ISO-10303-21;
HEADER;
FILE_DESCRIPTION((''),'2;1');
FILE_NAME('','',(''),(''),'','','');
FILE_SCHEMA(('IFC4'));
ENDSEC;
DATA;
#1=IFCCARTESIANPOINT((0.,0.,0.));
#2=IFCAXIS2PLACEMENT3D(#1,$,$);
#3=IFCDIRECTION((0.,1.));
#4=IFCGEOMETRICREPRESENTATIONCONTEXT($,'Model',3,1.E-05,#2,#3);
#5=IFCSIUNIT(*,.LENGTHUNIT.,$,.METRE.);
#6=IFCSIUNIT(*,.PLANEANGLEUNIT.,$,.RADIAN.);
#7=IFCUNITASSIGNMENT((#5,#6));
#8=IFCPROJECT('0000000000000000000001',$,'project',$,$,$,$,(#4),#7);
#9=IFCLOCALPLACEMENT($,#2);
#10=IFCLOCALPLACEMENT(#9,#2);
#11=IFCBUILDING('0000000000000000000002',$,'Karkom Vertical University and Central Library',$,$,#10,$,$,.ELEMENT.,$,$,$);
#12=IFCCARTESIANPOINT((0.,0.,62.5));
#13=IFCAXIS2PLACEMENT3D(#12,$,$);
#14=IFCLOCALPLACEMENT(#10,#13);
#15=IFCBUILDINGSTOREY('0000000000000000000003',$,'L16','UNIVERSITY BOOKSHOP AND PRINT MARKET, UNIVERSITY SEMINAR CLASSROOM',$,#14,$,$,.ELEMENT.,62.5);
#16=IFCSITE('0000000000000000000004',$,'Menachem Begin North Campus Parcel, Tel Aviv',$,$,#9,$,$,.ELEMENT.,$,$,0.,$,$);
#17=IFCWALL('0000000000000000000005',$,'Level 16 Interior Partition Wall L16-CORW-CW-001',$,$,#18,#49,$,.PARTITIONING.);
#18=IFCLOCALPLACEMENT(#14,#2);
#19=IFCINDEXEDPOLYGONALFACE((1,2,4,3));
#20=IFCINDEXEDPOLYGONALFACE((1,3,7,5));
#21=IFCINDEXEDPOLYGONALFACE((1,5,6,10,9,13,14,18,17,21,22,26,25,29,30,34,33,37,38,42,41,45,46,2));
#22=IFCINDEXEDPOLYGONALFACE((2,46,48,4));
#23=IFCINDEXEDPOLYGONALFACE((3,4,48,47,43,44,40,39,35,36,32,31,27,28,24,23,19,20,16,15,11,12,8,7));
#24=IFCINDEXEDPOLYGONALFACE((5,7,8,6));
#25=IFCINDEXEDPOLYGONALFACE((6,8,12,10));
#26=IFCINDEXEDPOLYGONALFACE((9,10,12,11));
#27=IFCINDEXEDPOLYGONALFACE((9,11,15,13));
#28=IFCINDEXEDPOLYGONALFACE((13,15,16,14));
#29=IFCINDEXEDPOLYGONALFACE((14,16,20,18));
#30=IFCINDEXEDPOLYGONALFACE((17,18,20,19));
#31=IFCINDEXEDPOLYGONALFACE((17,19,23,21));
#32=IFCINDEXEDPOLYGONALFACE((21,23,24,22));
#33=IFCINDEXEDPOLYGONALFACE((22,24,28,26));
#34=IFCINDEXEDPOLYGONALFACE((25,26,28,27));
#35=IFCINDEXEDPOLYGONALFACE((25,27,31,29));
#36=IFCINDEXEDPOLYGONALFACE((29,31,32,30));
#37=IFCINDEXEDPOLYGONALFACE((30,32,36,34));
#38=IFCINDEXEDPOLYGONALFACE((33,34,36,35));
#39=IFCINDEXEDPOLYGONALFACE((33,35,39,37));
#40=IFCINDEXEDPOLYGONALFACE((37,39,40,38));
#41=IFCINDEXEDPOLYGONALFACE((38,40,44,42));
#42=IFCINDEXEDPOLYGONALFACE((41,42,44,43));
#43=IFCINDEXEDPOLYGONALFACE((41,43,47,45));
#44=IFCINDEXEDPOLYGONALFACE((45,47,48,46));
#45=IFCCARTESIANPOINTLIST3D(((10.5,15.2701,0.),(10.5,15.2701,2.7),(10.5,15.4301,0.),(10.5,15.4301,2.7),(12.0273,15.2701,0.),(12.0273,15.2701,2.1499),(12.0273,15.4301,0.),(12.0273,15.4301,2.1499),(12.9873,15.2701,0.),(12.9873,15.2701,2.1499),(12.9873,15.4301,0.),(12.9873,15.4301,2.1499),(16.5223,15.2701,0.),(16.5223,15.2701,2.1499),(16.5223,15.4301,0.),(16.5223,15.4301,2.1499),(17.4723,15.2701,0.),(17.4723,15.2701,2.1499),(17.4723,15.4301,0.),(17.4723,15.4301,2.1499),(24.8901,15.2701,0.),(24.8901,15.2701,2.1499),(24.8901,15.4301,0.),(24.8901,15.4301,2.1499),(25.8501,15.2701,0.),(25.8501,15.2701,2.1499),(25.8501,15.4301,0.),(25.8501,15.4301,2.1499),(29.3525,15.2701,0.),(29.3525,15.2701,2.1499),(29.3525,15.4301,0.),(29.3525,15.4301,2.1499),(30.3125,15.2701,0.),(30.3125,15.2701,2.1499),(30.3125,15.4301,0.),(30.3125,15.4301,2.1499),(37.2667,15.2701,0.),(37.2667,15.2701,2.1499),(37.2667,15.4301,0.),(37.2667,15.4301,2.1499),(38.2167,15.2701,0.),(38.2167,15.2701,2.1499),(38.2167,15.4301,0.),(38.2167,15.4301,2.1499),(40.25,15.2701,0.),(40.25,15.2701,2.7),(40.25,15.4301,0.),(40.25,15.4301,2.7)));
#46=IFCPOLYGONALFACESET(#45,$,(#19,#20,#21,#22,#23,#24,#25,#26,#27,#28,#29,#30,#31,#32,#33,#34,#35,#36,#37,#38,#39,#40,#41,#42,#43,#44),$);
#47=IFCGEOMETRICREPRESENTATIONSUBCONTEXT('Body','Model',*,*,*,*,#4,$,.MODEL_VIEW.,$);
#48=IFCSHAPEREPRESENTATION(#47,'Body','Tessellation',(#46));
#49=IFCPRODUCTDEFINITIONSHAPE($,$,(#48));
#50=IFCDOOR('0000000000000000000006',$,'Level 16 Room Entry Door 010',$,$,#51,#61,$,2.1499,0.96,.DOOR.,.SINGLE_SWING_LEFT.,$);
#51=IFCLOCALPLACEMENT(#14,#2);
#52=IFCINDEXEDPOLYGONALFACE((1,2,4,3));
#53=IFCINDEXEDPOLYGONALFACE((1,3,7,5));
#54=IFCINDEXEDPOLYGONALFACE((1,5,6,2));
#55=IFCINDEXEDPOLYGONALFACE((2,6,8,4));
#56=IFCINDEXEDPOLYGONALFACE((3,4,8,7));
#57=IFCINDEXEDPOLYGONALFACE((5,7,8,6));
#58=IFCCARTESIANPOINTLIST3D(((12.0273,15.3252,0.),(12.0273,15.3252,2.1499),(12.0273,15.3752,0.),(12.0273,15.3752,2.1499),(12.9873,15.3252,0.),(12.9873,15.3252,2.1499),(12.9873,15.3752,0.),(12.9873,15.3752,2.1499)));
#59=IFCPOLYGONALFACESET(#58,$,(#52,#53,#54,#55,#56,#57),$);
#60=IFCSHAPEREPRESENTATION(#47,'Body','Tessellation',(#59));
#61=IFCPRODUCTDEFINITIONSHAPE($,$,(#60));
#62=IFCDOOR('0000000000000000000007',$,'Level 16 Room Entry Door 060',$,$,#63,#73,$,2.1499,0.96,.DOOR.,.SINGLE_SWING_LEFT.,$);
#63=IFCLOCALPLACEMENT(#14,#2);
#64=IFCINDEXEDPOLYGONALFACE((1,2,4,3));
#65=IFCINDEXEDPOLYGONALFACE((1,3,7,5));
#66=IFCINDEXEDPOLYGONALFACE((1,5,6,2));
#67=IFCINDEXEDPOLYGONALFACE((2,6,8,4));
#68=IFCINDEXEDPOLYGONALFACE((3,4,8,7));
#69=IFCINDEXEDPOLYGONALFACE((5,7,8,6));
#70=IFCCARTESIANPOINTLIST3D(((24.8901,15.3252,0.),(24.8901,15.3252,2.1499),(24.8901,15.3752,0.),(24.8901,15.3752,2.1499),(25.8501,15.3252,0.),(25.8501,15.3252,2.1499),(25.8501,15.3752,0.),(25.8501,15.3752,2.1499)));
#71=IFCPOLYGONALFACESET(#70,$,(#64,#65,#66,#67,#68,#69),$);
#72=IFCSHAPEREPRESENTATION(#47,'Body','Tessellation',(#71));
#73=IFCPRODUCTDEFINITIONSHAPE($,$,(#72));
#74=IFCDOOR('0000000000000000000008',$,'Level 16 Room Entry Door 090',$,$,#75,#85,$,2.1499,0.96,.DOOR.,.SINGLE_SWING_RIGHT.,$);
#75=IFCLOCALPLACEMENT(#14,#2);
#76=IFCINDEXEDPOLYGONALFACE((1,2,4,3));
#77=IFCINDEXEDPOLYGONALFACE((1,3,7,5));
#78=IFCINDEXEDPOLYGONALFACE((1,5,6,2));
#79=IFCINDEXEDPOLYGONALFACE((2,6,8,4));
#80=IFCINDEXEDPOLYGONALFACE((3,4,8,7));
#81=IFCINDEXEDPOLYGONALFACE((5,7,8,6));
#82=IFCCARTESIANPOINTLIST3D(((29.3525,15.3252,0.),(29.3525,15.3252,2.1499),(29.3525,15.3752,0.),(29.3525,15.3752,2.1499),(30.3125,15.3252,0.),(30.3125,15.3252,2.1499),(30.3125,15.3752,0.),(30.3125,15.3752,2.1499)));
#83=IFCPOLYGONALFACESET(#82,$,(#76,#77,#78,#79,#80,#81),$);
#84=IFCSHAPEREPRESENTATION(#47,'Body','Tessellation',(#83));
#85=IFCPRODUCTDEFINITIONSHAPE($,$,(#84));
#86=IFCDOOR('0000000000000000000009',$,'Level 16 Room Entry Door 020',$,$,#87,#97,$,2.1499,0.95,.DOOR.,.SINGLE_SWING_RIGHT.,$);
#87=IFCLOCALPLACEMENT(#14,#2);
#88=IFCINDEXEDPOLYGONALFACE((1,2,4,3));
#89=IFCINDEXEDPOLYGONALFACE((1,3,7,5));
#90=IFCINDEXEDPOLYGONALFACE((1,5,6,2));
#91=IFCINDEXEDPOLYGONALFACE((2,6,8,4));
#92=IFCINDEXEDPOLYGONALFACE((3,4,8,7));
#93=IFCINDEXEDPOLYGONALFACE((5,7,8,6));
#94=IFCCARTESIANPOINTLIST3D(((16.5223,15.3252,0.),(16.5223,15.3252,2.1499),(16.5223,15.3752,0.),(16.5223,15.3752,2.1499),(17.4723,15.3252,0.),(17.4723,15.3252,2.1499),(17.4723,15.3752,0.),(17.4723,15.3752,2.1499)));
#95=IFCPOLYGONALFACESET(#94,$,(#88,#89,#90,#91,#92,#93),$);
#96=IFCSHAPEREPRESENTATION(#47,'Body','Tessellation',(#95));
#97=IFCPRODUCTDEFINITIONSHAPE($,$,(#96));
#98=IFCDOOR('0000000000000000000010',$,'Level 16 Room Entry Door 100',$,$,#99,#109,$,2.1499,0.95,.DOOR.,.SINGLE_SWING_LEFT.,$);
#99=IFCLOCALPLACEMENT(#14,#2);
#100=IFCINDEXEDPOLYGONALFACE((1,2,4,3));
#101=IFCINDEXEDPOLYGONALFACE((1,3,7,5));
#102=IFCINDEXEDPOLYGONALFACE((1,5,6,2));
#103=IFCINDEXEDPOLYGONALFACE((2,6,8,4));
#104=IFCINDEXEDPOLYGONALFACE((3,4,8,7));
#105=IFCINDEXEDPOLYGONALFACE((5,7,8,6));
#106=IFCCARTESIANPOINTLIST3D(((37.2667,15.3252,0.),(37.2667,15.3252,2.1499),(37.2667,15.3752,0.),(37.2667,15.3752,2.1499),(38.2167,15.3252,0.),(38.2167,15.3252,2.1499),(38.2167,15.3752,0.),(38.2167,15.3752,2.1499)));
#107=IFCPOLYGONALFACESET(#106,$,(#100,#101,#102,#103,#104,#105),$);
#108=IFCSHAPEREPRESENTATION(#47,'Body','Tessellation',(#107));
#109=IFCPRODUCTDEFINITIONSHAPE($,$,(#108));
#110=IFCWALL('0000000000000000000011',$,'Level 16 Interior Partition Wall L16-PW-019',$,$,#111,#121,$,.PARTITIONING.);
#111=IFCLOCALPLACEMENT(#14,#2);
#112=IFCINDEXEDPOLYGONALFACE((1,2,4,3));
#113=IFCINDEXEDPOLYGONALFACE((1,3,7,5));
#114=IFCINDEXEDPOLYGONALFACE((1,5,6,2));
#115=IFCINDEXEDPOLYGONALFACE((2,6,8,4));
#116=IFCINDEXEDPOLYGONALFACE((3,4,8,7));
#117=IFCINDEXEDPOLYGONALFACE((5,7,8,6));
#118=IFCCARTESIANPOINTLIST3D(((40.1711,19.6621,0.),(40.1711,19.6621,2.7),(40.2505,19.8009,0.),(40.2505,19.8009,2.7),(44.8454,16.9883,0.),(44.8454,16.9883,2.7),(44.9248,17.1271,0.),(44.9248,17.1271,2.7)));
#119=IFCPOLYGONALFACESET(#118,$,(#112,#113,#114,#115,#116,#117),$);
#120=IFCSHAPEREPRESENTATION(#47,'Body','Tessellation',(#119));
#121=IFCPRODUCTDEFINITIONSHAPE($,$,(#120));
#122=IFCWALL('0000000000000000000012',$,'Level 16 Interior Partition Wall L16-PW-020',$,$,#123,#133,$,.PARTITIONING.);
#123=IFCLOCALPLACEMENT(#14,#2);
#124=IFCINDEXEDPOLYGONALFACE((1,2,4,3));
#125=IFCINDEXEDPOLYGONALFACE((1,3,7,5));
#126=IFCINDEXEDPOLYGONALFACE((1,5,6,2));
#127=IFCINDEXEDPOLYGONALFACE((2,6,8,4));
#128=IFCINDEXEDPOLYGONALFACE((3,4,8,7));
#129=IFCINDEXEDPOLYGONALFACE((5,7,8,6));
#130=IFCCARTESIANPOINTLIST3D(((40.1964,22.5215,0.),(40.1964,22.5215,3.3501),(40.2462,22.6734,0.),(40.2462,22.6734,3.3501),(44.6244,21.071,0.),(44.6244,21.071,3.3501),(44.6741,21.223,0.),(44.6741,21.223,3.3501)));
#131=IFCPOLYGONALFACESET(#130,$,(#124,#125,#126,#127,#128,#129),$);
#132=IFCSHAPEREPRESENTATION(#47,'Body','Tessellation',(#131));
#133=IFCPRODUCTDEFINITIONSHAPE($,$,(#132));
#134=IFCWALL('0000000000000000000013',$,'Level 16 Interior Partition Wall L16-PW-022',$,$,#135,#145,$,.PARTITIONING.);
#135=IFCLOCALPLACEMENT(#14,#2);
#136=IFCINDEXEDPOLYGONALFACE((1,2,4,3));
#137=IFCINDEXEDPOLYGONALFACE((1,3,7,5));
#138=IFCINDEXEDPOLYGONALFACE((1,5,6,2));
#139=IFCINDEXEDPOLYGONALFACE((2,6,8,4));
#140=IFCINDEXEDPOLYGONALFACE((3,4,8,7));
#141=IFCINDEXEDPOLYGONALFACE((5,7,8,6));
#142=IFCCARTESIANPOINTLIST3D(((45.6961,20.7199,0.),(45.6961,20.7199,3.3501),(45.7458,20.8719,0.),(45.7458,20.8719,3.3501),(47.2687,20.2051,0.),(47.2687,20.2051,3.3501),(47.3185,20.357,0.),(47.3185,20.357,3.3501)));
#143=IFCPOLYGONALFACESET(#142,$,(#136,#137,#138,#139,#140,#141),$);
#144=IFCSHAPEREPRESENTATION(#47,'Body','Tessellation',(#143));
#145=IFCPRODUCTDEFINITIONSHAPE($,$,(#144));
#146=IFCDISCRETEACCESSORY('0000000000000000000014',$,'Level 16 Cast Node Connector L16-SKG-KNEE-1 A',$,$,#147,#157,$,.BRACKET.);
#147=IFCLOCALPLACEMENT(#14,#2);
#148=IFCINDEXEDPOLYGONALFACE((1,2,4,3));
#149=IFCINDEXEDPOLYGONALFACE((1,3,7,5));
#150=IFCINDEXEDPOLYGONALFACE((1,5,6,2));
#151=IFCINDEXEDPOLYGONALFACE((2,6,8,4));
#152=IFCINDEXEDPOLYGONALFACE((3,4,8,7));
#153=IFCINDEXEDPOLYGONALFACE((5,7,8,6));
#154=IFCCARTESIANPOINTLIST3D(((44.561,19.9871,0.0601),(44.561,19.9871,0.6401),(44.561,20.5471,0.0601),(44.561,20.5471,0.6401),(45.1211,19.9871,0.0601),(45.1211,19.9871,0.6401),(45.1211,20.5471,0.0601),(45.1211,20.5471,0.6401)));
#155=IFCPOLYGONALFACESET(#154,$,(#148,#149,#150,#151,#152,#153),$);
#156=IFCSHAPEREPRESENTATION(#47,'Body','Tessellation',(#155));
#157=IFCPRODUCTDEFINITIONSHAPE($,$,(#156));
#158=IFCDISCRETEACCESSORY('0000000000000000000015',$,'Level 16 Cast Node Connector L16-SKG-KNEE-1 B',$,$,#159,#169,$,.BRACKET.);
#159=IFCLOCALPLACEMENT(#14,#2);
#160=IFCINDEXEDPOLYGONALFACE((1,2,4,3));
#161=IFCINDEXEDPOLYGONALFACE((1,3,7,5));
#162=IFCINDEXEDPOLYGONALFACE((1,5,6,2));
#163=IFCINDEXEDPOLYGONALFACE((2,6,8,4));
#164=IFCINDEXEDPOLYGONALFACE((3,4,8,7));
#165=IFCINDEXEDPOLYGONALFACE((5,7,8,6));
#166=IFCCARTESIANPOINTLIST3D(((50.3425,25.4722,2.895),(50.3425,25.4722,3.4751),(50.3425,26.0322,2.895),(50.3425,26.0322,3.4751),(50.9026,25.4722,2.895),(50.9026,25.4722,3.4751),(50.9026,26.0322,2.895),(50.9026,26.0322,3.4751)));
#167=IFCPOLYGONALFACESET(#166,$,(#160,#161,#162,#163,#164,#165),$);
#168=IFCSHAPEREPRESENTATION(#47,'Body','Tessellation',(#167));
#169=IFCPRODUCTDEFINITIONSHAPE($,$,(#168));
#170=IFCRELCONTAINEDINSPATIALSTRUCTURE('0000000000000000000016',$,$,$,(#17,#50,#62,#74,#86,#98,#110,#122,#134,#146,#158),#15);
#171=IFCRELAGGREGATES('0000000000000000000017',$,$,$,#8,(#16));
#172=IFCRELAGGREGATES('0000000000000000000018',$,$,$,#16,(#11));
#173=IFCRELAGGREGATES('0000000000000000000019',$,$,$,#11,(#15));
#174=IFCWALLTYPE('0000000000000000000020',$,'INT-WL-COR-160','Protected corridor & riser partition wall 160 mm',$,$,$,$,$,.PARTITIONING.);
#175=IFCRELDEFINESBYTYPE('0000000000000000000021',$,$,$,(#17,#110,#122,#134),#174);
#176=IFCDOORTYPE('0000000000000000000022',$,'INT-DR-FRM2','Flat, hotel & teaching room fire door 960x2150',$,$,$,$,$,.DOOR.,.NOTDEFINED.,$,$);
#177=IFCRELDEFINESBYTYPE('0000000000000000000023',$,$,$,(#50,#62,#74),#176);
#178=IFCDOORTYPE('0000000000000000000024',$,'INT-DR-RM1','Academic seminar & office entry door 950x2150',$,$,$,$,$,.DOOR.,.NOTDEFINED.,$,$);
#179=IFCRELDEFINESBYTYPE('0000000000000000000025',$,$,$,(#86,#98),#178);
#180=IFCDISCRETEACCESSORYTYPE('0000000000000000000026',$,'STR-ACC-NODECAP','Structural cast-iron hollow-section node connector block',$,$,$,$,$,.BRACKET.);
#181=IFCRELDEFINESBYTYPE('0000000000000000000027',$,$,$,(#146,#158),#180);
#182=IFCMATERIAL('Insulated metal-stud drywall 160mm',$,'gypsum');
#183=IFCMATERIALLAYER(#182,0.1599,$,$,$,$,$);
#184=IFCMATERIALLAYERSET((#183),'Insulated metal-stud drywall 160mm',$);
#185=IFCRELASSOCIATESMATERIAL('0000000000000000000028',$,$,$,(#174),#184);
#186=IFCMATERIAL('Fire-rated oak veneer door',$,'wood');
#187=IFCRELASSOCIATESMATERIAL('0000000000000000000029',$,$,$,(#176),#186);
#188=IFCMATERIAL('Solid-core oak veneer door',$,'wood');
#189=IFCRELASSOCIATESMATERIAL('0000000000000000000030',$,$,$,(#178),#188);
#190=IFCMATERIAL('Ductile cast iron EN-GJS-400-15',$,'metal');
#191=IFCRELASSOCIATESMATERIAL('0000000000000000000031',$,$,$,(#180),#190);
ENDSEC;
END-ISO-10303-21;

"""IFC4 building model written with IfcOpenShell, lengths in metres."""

from ifc_helpers import new_model, si_unit, direction, frame, frame_2d, origin, origin_with_axes, origin_2d, place, context, subcontext, project, spatial, rectangle, extrude, source, transform, mapped, material, layer, layer_set, type_object, element, fill, save


model = new_model("IFC4")

# Units and contexts
model_context = context("Model", 3, precision=1e-05, world=origin(), true_north=direction((0.0, 1.0)))
body_context = subcontext(model_context, "Body", "Model", "MODEL_VIEW")
ifc_project = project(units=[si_unit("LENGTHUNIT", "METRE"), si_unit("PLANEANGLEUNIT", "RADIAN")], contexts=[model_context])

# Site, building, storey
site_placement = place(None, origin())
site = spatial("IfcSite", under=ifc_project, at=site_placement, Name="Menachem Begin North Campus Parcel, Tel Aviv", CompositionType="ELEMENT", RefElevation=0.0)
building_placement = place(site_placement, origin())
building = spatial("IfcBuilding", under=site, at=building_placement, Name="Karkom Vertical University and Central Library", CompositionType="ELEMENT")
storey_placement = place(building_placement, frame((0.0, 0.0, 62.5)))
storey = spatial("IfcBuildingStorey", under=building, at=storey_placement, Name="L16", Description="UNIVERSITY BOOKSHOP AND PRINT MARKET, UNIVERSITY SEMINAR CLASSROOM", CompositionType="ELEMENT", Elevation=62.5)

# Wall, openings, doors
ifc_material_1 = material(Name="Insulated metal-stud drywall 160mm", Category="gypsum")
ifc_layer_1 = layer(ifc_material_1, 0.1599)
ifc_layer_set_1 = layer_set([ifc_layer_1], Name="Insulated metal-stud drywall 160mm")
wall_type_1 = type_object("IfcWallType", Name="INT-WL-COR-160", Description="Protected corridor & riser partition wall 160 mm", PredefinedType="PARTITIONING", material=ifc_layer_set_1)
wall_1_placement = place(storey_placement, frame((40.25, 15.3501, 0.0), z_axis=(0.0, 0.0, 1.0), x_axis=(-1.0, 0.0, 0.0)))
wall_1 = element("IfcWall", 1, at=wall_1_placement, inside=storey, type_object=wall_type_1, Name="Level 16 Interior Partition Wall L16-CORW-CW-001", PredefinedType="PARTITIONING", context=body_context, shape_type="SweptSolid", body=[
    extrude(rectangle(XDim=29.75, YDim=0.1599, at=frame_2d((14.875, 0.0))), origin(), (0.0, 0.0, 1.0), 2.7),
])
opening_1_placement = place(wall_1_placement, frame((27.2627, 0.0, 0.0)))
opening_1 = element("IfcOpeningElement", 2, at=opening_1_placement, cuts=wall_1, PredefinedType="OPENING", context=body_context, shape_type="SweptSolid", body=[
    extrude(rectangle(XDim=0.96, YDim=2.1499, at=frame_2d((0.48, 1.075))), frame((0.0, 0.0898, 0.0), z_axis=(0.0, -1.0, 0.0), x_axis=(1.0, 0.0, 0.0)), (0.0, 0.0, 1.0), 0.1799),
])
opening_2_placement = place(wall_1_placement, frame((22.7776, 0.0, 0.0)))
opening_2 = element("IfcOpeningElement", 3, at=opening_2_placement, cuts=wall_1, PredefinedType="OPENING", context=body_context, shape_type="SweptSolid", body=[
    extrude(rectangle(XDim=0.95, YDim=2.1499, at=frame_2d((0.4751, 1.075))), frame((0.0, 0.0898, 0.0), z_axis=(0.0, -1.0, 0.0), x_axis=(1.0, 0.0, 0.0)), (0.0, 0.0, 1.0), 0.1799),
])
opening_3_placement = place(wall_1_placement, frame((14.3999, 0.0, 0.0)))
opening_3 = element("IfcOpeningElement", 4, at=opening_3_placement, cuts=wall_1, PredefinedType="OPENING", context=body_context, shape_type="SweptSolid", body=[
    extrude(rectangle(XDim=0.96, YDim=2.1499, at=frame_2d((0.48, 1.075))), frame((0.0, 0.0898, 0.0), z_axis=(0.0, -1.0, 0.0), x_axis=(1.0, 0.0, 0.0)), (0.0, 0.0, 1.0), 0.1799),
])
opening_4_placement = place(wall_1_placement, frame((9.9375, 0.0, 0.0)))
opening_4 = element("IfcOpeningElement", 5, at=opening_4_placement, cuts=wall_1, PredefinedType="OPENING", context=body_context, shape_type="SweptSolid", body=[
    extrude(rectangle(XDim=0.96, YDim=2.1499, at=frame_2d((0.48, 1.075))), frame((0.0, 0.0898, 0.0), z_axis=(0.0, -1.0, 0.0), x_axis=(1.0, 0.0, 0.0)), (0.0, 0.0, 1.0), 0.1799),
])
opening_5_placement = place(wall_1_placement, frame((2.0332, 0.0, 0.0)))
opening_5 = element("IfcOpeningElement", 6, at=opening_5_placement, cuts=wall_1, PredefinedType="OPENING", context=body_context, shape_type="SweptSolid", body=[
    extrude(rectangle(XDim=0.95, YDim=2.1499, at=frame_2d((0.4751, 1.075))), frame((0.0, 0.0898, 0.0), z_axis=(0.0, -1.0, 0.0), x_axis=(1.0, 0.0, 0.0)), (0.0, 0.0, 1.0), 0.1799),
])
ifc_material_2 = material(Name="Fire-rated oak veneer door", Category="wood")
door_type_1 = type_object("IfcDoorType", Name="INT-DR-FRM2", Description="Flat, hotel & teaching room fire door 960x2150", OperationType="NOTDEFINED", PredefinedType="DOOR", material=ifc_material_2)
shared_shape_1 = source(origin_with_axes(), body_context, "Body", "SweptSolid", [
    extrude(rectangle(XDim=0.96, YDim=2.1499, at=frame_2d((0.48, 1.075))), frame((0.0, 0.0249, 0.0), z_axis=(0.0, -1.0, 0.0), x_axis=(1.0, 0.0, 0.0)), (0.0, 0.0, 1.0), 0.05),
])
door_1_placement = place(opening_1_placement, origin())
door_1 = element("IfcDoor", 7, at=door_1_placement, inside=storey, type_object=door_type_1, Name="Level 16 Room Entry Door 010", OperationType="SINGLE_SWING_LEFT", OverallHeight=2.1499, OverallWidth=0.96, PredefinedType="DOOR", context=body_context, shape_type="MappedRepresentation", body=[
    mapped(shared_shape_1, transform((0.0, 0.0, 0.0), scale=1.0)),
])
fill(opening_1, door_1)
door_2_placement = place(opening_3_placement, origin())
door_2 = element("IfcDoor", 8, at=door_2_placement, inside=storey, type_object=door_type_1, Name="Level 16 Room Entry Door 060", OperationType="SINGLE_SWING_LEFT", OverallHeight=2.1499, OverallWidth=0.96, PredefinedType="DOOR", context=body_context, shape_type="MappedRepresentation", body=[
    mapped(shared_shape_1, transform((0.0, 0.0, 0.0), scale=1.0)),
])
fill(opening_3, door_2)
door_3_placement = place(opening_4_placement, origin())
door_3 = element("IfcDoor", 9, at=door_3_placement, inside=storey, type_object=door_type_1, Name="Level 16 Room Entry Door 090", OperationType="SINGLE_SWING_RIGHT", OverallHeight=2.1499, OverallWidth=0.96, PredefinedType="DOOR", context=body_context, shape_type="MappedRepresentation", body=[
    mapped(shared_shape_1, transform((0.0, 0.0, 0.0), scale=1.0)),
])
fill(opening_4, door_3)
ifc_material_3 = material(Name="Solid-core oak veneer door", Category="wood")
door_type_2 = type_object("IfcDoorType", Name="INT-DR-RM1", Description="Academic seminar & office entry door 950x2150", OperationType="NOTDEFINED", PredefinedType="DOOR", material=ifc_material_3)
shared_shape_2 = source(origin_with_axes(), body_context, "Body", "SweptSolid", [
    extrude(rectangle(XDim=0.95, YDim=2.1499, at=frame_2d((0.4751, 1.075))), frame((0.0, 0.0249, 0.0), z_axis=(0.0, -1.0, 0.0), x_axis=(1.0, 0.0, 0.0)), (0.0, 0.0, 1.0), 0.05),
])
door_4_placement = place(opening_2_placement, origin())
door_4 = element("IfcDoor", 10, at=door_4_placement, inside=storey, type_object=door_type_2, Name="Level 16 Room Entry Door 020", OperationType="SINGLE_SWING_RIGHT", OverallHeight=2.1499, OverallWidth=0.95, PredefinedType="DOOR", context=body_context, shape_type="MappedRepresentation", body=[
    mapped(shared_shape_2, transform((0.0, 0.0, 0.0), scale=1.0)),
])
fill(opening_2, door_4)
door_5_placement = place(opening_5_placement, origin())
door_5 = element("IfcDoor", 11, at=door_5_placement, inside=storey, type_object=door_type_2, Name="Level 16 Room Entry Door 100", OperationType="SINGLE_SWING_LEFT", OverallHeight=2.1499, OverallWidth=0.95, PredefinedType="DOOR", context=body_context, shape_type="MappedRepresentation", body=[
    mapped(shared_shape_2, transform((0.0, 0.0, 0.0), scale=1.0)),
])
fill(opening_5, door_5)

# Walls
wall_2_placement = place(storey_placement, frame((40.2109, 19.7314, 0.0), z_axis=(0.0, 0.0, 1.0), x_axis=(0.86802, -0.496529, 0.0)))
element("IfcWall", 12, at=wall_2_placement, inside=storey, type_object=wall_type_1, Name="Level 16 Interior Partition Wall L16-PW-019", PredefinedType="PARTITIONING", context=body_context, shape_type="SweptSolid", body=[
    extrude(rectangle(XDim=5.385, YDim=0.1599, at=frame_2d((2.6924, 0.0))), origin(), (0.0, 0.0, 1.0), 2.7),
])
wall_3_placement = place(storey_placement, frame((40.2214, 22.5974, 0.0), z_axis=(0.0, 0.0, 1.0), x_axis=(0.950316, -0.311288, 0.0)))
element("IfcWall", 13, at=wall_3_placement, inside=storey, type_object=wall_type_1, Name="Level 16 Interior Partition Wall L16-PW-020", PredefinedType="PARTITIONING", context=body_context, shape_type="SweptSolid", body=[
    extrude(rectangle(XDim=4.6594, YDim=0.1599, at=frame_2d((2.3296, 0.0))), origin(), (0.0, 0.0, 1.0), 3.3501),
])
wall_4_placement = place(storey_placement, frame((45.7209, 20.7959, 0.0), z_axis=(0.0, 0.0, 1.0), x_axis=(0.950366, -0.311134, 0.0)))
element("IfcWall", 14, at=wall_4_placement, inside=storey, type_object=wall_type_1, Name="Level 16 Interior Partition Wall L16-PW-022", PredefinedType="PARTITIONING", context=body_context, shape_type="SweptSolid", body=[
    extrude(rectangle(XDim=1.6548, YDim=0.1599, at=frame_2d((0.8274, 0.0))), origin(), (0.0, 0.0, 1.0), 3.3501),
])

# Discrete accessories
ifc_material_4 = material(Name="Ductile cast iron EN-GJS-400-15", Category="metal")
discrete_accessory_type = type_object("IfcDiscreteAccessoryType", Name="STR-ACC-NODECAP", Description="Structural cast-iron hollow-section node connector block", PredefinedType="BRACKET", material=ifc_material_4)
shared_shape_3 = source(origin_with_axes(), body_context, "Body", "SweptSolid", [
    extrude(rectangle(XDim=0.5601, YDim=0.5601, at=origin_2d()), origin(), (0.0, 0.0, 1.0), 0.5801),
])
for number, where, z_axis, x_axis, name in (
    (15, (44.8411, 20.2671, 0.0601), (0.0, 0.0, 1.0), (1.0, 0.0, 0.0), "Level 16 Cast Node Connector L16-SKG-KNEE-1 A"),
    (16, (50.6226, 25.7522, 2.895), (0.0, 0.0, 1.0), (1.0, 0.0, 0.0), "Level 16 Cast Node Connector L16-SKG-KNEE-1 B"),
):
    element("IfcDiscreteAccessory", number, at=place(storey_placement, frame(where, z_axis=z_axis, x_axis=x_axis)), inside=storey, type_object=discrete_accessory_type, Name=name, PredefinedType="BRACKET", context=body_context, shape_type="MappedRepresentation", body=[
        mapped(shared_shape_3, transform((0.0, 0.0, 0.0), scale=1.0)),
    ])

save(model, "model.ifc")
